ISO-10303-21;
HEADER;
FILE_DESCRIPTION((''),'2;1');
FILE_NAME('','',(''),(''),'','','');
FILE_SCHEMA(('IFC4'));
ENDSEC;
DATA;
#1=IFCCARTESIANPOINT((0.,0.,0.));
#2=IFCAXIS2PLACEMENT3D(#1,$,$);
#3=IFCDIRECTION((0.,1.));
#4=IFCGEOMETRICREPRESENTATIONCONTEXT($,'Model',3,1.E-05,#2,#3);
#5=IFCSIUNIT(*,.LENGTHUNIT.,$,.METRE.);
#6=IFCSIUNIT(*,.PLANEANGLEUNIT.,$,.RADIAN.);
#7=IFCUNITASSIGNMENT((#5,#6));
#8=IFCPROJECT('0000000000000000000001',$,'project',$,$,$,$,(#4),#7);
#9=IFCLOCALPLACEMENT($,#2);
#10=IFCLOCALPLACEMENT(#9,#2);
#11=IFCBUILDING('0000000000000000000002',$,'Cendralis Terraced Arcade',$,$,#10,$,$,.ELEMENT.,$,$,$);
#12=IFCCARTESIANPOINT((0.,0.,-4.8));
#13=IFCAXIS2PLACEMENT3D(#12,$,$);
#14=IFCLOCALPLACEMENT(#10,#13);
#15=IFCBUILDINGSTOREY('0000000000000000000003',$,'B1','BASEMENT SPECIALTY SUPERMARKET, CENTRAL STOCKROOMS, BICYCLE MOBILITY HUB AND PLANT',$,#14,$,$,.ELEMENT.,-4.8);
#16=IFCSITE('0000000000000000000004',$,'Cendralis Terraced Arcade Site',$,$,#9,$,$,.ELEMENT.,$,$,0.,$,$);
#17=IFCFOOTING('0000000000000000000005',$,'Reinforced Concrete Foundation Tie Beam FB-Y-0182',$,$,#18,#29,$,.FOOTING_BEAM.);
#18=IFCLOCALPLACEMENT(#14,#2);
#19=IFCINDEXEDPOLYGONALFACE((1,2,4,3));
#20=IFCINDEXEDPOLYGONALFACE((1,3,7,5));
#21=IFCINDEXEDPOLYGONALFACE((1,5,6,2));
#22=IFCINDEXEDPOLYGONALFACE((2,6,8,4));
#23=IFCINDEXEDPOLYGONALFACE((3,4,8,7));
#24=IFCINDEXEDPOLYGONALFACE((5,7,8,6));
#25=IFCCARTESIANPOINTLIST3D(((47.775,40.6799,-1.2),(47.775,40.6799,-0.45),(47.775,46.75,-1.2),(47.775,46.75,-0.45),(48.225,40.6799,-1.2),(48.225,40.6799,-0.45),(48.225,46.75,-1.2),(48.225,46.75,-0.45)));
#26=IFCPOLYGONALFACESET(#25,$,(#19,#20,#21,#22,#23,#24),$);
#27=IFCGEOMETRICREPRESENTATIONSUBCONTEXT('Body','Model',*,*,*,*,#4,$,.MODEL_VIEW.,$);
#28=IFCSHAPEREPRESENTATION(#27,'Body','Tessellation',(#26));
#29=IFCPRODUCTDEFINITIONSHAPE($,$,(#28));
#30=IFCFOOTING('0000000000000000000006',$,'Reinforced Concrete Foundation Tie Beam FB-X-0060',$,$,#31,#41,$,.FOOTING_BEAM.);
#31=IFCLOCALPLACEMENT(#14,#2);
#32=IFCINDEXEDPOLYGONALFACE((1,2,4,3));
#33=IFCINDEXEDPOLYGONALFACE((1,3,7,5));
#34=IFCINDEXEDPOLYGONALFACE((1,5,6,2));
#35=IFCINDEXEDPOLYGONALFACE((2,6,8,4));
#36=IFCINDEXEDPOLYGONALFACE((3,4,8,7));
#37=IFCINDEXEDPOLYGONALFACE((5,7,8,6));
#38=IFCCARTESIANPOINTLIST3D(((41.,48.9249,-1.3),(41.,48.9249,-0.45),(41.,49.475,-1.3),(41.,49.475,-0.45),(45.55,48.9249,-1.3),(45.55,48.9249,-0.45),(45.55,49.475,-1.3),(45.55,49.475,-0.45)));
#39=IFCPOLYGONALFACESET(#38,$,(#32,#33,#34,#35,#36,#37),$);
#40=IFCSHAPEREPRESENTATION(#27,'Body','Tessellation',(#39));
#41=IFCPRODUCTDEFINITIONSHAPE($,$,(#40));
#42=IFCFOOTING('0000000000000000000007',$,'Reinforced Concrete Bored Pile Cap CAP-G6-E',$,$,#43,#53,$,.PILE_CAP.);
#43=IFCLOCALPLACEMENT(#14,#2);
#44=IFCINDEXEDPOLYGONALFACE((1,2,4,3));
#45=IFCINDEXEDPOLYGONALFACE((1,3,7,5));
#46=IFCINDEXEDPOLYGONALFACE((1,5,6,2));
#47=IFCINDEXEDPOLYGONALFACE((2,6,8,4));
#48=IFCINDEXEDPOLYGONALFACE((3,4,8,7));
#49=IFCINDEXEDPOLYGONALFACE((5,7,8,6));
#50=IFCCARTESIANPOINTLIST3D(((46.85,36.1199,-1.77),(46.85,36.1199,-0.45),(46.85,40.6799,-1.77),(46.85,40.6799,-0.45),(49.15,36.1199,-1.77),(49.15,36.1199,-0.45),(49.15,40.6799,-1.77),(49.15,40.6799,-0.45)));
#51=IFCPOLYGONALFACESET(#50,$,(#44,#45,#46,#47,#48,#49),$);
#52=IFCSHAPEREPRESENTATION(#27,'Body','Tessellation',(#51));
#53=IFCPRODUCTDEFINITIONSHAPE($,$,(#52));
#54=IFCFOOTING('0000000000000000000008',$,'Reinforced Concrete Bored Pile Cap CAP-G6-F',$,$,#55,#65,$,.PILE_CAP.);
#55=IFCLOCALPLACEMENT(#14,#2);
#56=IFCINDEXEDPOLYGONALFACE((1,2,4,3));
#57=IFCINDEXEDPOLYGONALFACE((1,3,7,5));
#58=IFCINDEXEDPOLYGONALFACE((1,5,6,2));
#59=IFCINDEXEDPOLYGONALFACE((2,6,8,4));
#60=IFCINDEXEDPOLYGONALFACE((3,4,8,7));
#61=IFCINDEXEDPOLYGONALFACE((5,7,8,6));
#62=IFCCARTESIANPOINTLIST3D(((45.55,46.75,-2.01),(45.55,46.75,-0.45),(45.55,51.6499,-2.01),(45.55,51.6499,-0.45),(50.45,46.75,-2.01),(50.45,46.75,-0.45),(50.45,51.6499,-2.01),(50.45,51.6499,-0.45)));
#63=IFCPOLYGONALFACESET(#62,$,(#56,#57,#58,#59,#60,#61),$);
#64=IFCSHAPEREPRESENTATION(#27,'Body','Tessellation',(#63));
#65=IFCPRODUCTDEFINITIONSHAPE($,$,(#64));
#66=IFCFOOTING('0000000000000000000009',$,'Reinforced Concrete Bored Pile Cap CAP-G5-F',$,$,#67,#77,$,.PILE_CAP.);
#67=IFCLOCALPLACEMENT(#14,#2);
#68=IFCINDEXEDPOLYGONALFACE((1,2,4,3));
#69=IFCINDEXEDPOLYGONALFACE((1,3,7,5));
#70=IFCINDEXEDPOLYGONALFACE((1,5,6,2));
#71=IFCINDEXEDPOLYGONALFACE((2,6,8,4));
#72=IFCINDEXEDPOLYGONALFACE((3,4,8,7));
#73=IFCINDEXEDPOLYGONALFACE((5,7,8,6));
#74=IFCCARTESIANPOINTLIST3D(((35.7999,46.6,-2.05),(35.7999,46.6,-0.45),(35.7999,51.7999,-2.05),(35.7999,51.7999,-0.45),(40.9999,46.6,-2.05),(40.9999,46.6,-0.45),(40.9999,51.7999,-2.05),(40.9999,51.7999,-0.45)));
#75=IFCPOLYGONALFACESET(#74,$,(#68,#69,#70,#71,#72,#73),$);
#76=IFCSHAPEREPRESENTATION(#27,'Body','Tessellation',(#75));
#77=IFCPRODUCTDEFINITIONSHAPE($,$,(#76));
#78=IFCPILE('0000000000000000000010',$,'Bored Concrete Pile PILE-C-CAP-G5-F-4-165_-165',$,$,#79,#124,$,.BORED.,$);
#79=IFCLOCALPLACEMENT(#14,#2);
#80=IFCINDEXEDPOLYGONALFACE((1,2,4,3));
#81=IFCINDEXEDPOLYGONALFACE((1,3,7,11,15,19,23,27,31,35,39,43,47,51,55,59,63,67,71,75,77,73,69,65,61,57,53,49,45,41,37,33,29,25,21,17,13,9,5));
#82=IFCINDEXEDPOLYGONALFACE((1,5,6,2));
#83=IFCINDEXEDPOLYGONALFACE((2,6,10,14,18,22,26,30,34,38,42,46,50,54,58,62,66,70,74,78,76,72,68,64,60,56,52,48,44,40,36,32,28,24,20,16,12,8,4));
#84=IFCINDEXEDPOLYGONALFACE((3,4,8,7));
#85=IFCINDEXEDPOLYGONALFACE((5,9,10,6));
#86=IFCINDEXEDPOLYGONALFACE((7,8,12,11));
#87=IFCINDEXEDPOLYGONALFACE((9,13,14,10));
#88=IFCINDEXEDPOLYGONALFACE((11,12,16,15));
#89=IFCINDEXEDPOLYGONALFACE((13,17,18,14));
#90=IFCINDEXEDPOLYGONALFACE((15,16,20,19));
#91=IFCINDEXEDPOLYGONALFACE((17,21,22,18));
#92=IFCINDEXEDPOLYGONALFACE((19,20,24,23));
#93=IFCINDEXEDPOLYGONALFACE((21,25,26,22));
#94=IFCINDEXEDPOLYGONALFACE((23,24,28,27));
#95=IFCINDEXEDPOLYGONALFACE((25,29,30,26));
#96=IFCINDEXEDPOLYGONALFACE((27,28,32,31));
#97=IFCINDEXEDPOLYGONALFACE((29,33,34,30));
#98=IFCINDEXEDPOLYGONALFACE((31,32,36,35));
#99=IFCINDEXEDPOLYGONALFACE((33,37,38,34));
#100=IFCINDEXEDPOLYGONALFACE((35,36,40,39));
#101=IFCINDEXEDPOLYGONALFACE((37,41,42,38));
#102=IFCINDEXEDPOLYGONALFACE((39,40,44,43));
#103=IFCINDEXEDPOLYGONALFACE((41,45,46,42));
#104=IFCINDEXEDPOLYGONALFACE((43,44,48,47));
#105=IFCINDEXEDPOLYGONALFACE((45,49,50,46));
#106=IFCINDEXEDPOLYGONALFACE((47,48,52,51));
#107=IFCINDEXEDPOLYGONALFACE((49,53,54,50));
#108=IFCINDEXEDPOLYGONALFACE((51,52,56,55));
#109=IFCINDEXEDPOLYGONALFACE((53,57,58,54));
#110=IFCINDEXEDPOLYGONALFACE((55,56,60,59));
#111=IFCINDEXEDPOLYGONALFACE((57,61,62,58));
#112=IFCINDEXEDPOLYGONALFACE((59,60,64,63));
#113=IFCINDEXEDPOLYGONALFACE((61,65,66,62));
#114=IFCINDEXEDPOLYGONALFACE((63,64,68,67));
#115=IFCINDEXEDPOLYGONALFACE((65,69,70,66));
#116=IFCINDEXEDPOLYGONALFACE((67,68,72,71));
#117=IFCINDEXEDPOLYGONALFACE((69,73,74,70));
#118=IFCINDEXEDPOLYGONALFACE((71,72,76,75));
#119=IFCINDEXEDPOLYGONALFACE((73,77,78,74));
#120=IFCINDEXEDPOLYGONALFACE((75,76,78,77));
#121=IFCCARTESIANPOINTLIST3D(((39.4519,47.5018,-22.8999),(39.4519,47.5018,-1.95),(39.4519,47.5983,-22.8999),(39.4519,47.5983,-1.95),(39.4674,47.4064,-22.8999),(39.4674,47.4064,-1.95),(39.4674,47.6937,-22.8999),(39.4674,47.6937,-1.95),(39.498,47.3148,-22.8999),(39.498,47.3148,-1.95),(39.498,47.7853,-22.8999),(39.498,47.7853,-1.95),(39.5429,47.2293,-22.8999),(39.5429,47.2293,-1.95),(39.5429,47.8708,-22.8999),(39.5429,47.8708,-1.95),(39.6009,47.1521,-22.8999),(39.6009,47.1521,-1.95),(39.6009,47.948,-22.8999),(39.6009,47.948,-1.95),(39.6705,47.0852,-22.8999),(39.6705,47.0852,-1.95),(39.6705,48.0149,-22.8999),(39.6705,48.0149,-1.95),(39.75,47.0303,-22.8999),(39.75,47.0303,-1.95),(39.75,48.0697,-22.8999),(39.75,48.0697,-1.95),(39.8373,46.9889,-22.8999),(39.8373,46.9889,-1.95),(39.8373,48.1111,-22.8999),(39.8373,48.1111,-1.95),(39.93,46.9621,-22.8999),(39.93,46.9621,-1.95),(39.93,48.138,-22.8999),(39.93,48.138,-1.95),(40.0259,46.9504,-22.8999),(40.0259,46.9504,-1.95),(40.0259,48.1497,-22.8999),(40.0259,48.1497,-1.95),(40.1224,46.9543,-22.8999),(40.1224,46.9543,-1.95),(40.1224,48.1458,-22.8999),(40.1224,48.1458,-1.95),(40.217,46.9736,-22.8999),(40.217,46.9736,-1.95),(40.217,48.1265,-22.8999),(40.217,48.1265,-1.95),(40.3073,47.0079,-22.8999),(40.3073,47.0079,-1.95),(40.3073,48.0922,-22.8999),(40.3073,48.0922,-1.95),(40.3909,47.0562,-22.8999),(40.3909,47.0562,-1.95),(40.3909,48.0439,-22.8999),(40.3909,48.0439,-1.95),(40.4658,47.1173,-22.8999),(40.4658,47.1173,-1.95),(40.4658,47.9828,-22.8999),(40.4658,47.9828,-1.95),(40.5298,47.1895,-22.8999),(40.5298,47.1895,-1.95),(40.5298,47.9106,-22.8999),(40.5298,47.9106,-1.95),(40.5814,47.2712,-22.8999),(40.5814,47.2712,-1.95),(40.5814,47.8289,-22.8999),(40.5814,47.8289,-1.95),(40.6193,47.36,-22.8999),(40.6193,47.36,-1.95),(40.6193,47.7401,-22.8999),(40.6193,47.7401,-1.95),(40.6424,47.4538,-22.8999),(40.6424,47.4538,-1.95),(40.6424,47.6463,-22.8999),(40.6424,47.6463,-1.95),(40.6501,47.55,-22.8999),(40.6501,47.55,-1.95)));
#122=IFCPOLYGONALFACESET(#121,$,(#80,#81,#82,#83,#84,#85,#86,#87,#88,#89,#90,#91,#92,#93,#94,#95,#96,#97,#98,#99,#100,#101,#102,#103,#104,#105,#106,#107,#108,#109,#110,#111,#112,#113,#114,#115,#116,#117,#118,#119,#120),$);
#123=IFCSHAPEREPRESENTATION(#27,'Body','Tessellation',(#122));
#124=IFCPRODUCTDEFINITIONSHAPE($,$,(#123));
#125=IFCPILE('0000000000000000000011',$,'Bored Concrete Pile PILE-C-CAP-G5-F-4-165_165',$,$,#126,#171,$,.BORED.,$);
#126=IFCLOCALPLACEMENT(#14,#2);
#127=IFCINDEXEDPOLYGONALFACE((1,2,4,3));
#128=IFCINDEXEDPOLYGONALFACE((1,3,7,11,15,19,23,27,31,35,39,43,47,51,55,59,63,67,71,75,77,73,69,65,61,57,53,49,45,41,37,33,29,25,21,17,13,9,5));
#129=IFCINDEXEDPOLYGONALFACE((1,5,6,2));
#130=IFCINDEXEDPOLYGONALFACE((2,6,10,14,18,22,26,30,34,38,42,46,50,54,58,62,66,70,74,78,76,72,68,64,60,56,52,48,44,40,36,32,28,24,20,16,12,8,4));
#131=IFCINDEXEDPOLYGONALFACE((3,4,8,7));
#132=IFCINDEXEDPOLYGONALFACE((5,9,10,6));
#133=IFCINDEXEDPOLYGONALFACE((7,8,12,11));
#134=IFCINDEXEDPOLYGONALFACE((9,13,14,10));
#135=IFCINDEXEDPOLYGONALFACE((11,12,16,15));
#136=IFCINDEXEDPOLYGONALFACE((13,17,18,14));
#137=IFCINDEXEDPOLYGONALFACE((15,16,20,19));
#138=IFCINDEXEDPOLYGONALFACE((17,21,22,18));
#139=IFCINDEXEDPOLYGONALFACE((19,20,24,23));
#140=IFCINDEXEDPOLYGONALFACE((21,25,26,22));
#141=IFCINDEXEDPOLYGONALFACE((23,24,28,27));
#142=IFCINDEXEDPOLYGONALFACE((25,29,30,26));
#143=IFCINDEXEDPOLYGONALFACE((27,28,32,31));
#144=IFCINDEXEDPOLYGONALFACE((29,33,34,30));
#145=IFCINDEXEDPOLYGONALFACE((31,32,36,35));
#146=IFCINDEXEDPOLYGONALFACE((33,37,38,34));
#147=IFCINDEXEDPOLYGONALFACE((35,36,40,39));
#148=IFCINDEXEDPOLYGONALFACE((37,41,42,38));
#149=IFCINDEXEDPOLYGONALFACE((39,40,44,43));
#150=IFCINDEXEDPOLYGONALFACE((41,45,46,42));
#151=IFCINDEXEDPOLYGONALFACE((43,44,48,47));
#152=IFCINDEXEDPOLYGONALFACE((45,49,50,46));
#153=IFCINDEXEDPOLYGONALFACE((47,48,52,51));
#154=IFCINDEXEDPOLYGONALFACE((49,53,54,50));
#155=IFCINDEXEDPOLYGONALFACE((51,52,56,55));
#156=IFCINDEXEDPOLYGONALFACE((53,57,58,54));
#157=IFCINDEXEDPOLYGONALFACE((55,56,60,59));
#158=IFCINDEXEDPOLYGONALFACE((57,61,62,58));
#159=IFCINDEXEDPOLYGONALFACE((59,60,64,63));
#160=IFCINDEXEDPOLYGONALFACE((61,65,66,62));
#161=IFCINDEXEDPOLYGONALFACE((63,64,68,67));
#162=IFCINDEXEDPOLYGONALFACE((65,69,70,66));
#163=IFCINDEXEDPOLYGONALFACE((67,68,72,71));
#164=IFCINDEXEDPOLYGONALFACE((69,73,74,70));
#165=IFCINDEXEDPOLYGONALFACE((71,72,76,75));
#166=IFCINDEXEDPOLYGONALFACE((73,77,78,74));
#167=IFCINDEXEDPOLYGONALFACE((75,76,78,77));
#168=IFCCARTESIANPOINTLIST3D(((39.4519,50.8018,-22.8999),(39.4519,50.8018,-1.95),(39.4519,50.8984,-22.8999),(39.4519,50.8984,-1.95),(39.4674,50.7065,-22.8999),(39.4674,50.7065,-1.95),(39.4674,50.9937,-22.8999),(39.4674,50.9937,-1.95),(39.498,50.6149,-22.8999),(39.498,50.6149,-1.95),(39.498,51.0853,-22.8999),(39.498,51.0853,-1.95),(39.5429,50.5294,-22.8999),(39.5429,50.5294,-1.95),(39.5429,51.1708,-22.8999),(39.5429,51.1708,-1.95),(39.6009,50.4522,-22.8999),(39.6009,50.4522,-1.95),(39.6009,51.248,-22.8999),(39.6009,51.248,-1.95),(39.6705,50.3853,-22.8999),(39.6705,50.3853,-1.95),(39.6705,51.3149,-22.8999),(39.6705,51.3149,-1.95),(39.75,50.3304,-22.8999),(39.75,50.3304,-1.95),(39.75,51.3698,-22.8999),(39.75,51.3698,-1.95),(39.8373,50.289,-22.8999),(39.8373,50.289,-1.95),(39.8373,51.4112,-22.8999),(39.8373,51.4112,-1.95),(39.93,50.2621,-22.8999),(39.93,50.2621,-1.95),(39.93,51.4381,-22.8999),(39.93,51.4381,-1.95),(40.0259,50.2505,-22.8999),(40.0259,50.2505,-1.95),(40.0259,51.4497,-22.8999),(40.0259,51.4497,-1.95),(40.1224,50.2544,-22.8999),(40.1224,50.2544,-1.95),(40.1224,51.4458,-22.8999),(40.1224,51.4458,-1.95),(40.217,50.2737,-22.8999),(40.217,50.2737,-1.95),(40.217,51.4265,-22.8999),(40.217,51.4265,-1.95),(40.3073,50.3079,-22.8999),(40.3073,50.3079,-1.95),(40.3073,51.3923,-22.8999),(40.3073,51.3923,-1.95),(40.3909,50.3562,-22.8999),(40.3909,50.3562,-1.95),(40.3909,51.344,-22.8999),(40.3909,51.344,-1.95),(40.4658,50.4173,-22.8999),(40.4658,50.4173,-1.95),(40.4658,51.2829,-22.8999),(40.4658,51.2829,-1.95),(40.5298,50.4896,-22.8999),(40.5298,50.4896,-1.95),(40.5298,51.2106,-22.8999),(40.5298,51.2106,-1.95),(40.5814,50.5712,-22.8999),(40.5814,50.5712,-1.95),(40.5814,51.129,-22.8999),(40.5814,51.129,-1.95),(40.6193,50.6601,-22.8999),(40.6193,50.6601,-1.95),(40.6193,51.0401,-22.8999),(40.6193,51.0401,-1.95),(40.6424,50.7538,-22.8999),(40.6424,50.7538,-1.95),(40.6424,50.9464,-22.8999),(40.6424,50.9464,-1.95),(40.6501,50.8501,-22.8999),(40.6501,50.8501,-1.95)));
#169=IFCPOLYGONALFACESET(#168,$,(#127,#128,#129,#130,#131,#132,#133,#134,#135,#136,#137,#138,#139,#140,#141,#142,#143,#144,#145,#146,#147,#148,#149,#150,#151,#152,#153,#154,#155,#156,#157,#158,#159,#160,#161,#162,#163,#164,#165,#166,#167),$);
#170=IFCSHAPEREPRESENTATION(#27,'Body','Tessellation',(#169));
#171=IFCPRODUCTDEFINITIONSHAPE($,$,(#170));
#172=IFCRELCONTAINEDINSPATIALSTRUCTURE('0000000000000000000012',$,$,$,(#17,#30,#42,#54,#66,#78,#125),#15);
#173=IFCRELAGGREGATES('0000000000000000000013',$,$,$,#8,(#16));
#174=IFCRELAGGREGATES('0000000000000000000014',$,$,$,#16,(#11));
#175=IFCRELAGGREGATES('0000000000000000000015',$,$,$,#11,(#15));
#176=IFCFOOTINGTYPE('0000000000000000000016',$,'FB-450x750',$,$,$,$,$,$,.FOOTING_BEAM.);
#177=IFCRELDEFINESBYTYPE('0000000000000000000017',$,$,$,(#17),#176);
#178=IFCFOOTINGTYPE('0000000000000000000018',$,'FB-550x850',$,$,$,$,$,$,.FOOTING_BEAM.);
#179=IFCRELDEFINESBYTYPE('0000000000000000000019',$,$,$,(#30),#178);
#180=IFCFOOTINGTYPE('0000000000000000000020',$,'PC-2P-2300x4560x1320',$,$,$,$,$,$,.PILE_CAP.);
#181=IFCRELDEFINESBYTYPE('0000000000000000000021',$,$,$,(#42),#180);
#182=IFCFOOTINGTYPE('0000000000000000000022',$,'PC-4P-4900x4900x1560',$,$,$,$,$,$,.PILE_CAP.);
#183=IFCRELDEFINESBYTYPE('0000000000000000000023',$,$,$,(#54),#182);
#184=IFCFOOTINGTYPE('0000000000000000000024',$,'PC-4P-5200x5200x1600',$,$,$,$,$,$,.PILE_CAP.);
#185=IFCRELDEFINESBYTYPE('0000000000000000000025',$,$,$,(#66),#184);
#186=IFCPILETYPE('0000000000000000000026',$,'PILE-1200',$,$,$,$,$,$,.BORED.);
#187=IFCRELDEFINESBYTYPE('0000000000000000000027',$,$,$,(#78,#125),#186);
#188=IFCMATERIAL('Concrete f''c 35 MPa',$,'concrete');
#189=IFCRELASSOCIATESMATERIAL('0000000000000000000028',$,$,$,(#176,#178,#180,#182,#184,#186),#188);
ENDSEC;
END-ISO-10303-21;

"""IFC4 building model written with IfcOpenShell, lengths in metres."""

from ifc_helpers import new_model, si_unit, direction, frame, origin, origin_2d, place, context, subcontext, project, spatial, rectangle, circle, extrude, material, material_profile, profile_set, type_object, element, save


model = new_model("IFC4")

# Units and contexts
model_context = context("Model", 3, precision=1e-05, world=origin(), true_north=direction((0.0, 1.0)))
body_context = subcontext(model_context, "Body", "Model", "MODEL_VIEW")
ifc_project = project(units=[si_unit("LENGTHUNIT", "METRE"), si_unit("PLANEANGLEUNIT", "RADIAN")], contexts=[model_context])

# Site, building, storey
site_placement = place(None, origin())
site = spatial("IfcSite", under=ifc_project, at=site_placement, Name="Cendralis Terraced Arcade Site", CompositionType="ELEMENT", RefElevation=0.0)
building_placement = place(site_placement, origin())
building = spatial("IfcBuilding", under=site, at=building_placement, Name="Cendralis Terraced Arcade", CompositionType="ELEMENT")
storey_placement = place(building_placement, frame((0.0, 0.0, -4.8)))
storey = spatial("IfcBuildingStorey", under=building, at=storey_placement, Name="B1", Description="BASEMENT SPECIALTY SUPERMARKET, CENTRAL STOCKROOMS, BICYCLE MOBILITY HUB AND PLANT", CompositionType="ELEMENT", Elevation=-4.8)

# Footings
ifc_material_1 = material(Name="Concrete f'c 35 MPa", Category="concrete")
ifc_material_profile_1 = material_profile(ifc_material_1, rectangle(XDim=0.45, YDim=0.75, at=origin_2d()), Name="FB-450x750", Category="LoadBearing")
ifc_profile_set_1 = profile_set([ifc_material_profile_1], Name="Concrete f'c 35 MPa")
footing_type_1 = type_object("IfcFootingType", Name="FB-450x750", PredefinedType="FOOTING_BEAM", material=ifc_profile_set_1)
footing_1_placement = place(storey_placement, frame((48.0, 40.6799, -0.825), z_axis=(0.0, 1.0, 0.0), x_axis=(-1.0, 0.0, 0.0)))
element("IfcFooting", 1, at=footing_1_placement, inside=storey, type_object=footing_type_1, Name="Reinforced Concrete Foundation Tie Beam FB-Y-0182", PredefinedType="FOOTING_BEAM", context=body_context, shape_type="SweptSolid", body=[
    extrude(rectangle(XDim=0.45, YDim=0.75, at=origin_2d()), origin(), (0.0, 0.0, 1.0), 6.0701),
])
ifc_material_profile_2 = material_profile(ifc_material_1, rectangle(XDim=0.55, YDim=0.8501, at=origin_2d()), Name="FB-550x850", Category="LoadBearing")
ifc_profile_set_2 = profile_set([ifc_material_profile_2], Name="Concrete f'c 35 MPa")
footing_type_2 = type_object("IfcFootingType", Name="FB-550x850", PredefinedType="FOOTING_BEAM", material=ifc_profile_set_2)
footing_2_placement = place(storey_placement, frame((41.0, 49.2, -0.875), z_axis=(1.0, 0.0, 0.0), x_axis=(0.0, 1.0, 0.0)))
element("IfcFooting", 2, at=footing_2_placement, inside=storey, type_object=footing_type_2, Name="Reinforced Concrete Foundation Tie Beam FB-X-0060", PredefinedType="FOOTING_BEAM", context=body_context, shape_type="SweptSolid", body=[
    extrude(rectangle(XDim=0.55, YDim=0.8501, at=origin_2d()), origin(), (0.0, 0.0, 1.0), 4.55),
])
footing_type_3 = type_object("IfcFootingType", Name="PC-2P-2300x4560x1320", PredefinedType="PILE_CAP", material=ifc_material_1)
footing_3_placement = place(storey_placement, frame((48.0, 38.3999, -1.77), z_axis=(0.0, 0.0, 1.0), x_axis=(1.0, 0.0, 0.0)))
element("IfcFooting", 3, at=footing_3_placement, inside=storey, type_object=footing_type_3, Name="Reinforced Concrete Bored Pile Cap CAP-G6-E", PredefinedType="PILE_CAP", context=body_context, shape_type="SweptSolid", body=[
    extrude(rectangle(XDim=2.3, YDim=4.5601, at=origin_2d()), origin(), (0.0, 0.0, 1.0), 1.3201),
])
footing_type_4 = type_object("IfcFootingType", Name="PC-4P-4900x4900x1560", PredefinedType="PILE_CAP", material=ifc_material_1)
footing_4_placement = place(storey_placement, frame((48.0, 49.2, -2.01), z_axis=(0.0, 0.0, 1.0), x_axis=(1.0, 0.0, 0.0)))
element("IfcFooting", 4, at=footing_4_placement, inside=storey, type_object=footing_type_4, Name="Reinforced Concrete Bored Pile Cap CAP-G6-F", PredefinedType="PILE_CAP", context=body_context, shape_type="SweptSolid", body=[
    extrude(rectangle(XDim=4.8999, YDim=4.8999, at=origin_2d()), origin(), (0.0, 0.0, 1.0), 1.5601),
])
footing_type_5 = type_object("IfcFootingType", Name="PC-4P-5200x5200x1600", PredefinedType="PILE_CAP", material=ifc_material_1)
footing_5_placement = place(storey_placement, frame((38.3999, 49.2, -2.05), z_axis=(0.0, 0.0, 1.0), x_axis=(1.0, 0.0, 0.0)))
element("IfcFooting", 5, at=footing_5_placement, inside=storey, type_object=footing_type_5, Name="Reinforced Concrete Bored Pile Cap CAP-G5-F", PredefinedType="PILE_CAP", context=body_context, shape_type="SweptSolid", body=[
    extrude(rectangle(XDim=5.2, YDim=5.2, at=origin_2d()), origin(), (0.0, 0.0, 1.0), 1.6001),
])

# Piles
ifc_material_profile_3 = material_profile(ifc_material_1, circle(Radius=0.6001, at=origin_2d()), Name="PILE-D1200", Category="LoadBearing")
ifc_profile_set_3 = profile_set([ifc_material_profile_3], Name="Concrete f'c 35 MPa")
pile_type = type_object("IfcPileType", Name="PILE-1200", PredefinedType="BORED", material=ifc_profile_set_3)
for number, where, z_axis, x_axis, name in (
    (6, (40.05, 47.55, -1.95), (0.0, 0.0, -1.0), (1.0, 0.0, 0.0), "Bored Concrete Pile PILE-C-CAP-G5-F-4-165_-165"),
    (7, (40.05, 50.8501, -1.95), (0.0, 0.0, -1.0), (1.0, 0.0, 0.0), "Bored Concrete Pile PILE-C-CAP-G5-F-4-165_165"),
):
    element("IfcPile", number, at=place(storey_placement, frame(where, z_axis=z_axis, x_axis=x_axis)), inside=storey, type_object=pile_type, Name=name, PredefinedType="BORED", context=body_context, shape_type="SweptSolid", body=[
        extrude(circle(Radius=0.6001, at=origin_2d()), origin(), (0.0, 0.0, 1.0), 20.95),
    ])

save(model, "model.ifc")
